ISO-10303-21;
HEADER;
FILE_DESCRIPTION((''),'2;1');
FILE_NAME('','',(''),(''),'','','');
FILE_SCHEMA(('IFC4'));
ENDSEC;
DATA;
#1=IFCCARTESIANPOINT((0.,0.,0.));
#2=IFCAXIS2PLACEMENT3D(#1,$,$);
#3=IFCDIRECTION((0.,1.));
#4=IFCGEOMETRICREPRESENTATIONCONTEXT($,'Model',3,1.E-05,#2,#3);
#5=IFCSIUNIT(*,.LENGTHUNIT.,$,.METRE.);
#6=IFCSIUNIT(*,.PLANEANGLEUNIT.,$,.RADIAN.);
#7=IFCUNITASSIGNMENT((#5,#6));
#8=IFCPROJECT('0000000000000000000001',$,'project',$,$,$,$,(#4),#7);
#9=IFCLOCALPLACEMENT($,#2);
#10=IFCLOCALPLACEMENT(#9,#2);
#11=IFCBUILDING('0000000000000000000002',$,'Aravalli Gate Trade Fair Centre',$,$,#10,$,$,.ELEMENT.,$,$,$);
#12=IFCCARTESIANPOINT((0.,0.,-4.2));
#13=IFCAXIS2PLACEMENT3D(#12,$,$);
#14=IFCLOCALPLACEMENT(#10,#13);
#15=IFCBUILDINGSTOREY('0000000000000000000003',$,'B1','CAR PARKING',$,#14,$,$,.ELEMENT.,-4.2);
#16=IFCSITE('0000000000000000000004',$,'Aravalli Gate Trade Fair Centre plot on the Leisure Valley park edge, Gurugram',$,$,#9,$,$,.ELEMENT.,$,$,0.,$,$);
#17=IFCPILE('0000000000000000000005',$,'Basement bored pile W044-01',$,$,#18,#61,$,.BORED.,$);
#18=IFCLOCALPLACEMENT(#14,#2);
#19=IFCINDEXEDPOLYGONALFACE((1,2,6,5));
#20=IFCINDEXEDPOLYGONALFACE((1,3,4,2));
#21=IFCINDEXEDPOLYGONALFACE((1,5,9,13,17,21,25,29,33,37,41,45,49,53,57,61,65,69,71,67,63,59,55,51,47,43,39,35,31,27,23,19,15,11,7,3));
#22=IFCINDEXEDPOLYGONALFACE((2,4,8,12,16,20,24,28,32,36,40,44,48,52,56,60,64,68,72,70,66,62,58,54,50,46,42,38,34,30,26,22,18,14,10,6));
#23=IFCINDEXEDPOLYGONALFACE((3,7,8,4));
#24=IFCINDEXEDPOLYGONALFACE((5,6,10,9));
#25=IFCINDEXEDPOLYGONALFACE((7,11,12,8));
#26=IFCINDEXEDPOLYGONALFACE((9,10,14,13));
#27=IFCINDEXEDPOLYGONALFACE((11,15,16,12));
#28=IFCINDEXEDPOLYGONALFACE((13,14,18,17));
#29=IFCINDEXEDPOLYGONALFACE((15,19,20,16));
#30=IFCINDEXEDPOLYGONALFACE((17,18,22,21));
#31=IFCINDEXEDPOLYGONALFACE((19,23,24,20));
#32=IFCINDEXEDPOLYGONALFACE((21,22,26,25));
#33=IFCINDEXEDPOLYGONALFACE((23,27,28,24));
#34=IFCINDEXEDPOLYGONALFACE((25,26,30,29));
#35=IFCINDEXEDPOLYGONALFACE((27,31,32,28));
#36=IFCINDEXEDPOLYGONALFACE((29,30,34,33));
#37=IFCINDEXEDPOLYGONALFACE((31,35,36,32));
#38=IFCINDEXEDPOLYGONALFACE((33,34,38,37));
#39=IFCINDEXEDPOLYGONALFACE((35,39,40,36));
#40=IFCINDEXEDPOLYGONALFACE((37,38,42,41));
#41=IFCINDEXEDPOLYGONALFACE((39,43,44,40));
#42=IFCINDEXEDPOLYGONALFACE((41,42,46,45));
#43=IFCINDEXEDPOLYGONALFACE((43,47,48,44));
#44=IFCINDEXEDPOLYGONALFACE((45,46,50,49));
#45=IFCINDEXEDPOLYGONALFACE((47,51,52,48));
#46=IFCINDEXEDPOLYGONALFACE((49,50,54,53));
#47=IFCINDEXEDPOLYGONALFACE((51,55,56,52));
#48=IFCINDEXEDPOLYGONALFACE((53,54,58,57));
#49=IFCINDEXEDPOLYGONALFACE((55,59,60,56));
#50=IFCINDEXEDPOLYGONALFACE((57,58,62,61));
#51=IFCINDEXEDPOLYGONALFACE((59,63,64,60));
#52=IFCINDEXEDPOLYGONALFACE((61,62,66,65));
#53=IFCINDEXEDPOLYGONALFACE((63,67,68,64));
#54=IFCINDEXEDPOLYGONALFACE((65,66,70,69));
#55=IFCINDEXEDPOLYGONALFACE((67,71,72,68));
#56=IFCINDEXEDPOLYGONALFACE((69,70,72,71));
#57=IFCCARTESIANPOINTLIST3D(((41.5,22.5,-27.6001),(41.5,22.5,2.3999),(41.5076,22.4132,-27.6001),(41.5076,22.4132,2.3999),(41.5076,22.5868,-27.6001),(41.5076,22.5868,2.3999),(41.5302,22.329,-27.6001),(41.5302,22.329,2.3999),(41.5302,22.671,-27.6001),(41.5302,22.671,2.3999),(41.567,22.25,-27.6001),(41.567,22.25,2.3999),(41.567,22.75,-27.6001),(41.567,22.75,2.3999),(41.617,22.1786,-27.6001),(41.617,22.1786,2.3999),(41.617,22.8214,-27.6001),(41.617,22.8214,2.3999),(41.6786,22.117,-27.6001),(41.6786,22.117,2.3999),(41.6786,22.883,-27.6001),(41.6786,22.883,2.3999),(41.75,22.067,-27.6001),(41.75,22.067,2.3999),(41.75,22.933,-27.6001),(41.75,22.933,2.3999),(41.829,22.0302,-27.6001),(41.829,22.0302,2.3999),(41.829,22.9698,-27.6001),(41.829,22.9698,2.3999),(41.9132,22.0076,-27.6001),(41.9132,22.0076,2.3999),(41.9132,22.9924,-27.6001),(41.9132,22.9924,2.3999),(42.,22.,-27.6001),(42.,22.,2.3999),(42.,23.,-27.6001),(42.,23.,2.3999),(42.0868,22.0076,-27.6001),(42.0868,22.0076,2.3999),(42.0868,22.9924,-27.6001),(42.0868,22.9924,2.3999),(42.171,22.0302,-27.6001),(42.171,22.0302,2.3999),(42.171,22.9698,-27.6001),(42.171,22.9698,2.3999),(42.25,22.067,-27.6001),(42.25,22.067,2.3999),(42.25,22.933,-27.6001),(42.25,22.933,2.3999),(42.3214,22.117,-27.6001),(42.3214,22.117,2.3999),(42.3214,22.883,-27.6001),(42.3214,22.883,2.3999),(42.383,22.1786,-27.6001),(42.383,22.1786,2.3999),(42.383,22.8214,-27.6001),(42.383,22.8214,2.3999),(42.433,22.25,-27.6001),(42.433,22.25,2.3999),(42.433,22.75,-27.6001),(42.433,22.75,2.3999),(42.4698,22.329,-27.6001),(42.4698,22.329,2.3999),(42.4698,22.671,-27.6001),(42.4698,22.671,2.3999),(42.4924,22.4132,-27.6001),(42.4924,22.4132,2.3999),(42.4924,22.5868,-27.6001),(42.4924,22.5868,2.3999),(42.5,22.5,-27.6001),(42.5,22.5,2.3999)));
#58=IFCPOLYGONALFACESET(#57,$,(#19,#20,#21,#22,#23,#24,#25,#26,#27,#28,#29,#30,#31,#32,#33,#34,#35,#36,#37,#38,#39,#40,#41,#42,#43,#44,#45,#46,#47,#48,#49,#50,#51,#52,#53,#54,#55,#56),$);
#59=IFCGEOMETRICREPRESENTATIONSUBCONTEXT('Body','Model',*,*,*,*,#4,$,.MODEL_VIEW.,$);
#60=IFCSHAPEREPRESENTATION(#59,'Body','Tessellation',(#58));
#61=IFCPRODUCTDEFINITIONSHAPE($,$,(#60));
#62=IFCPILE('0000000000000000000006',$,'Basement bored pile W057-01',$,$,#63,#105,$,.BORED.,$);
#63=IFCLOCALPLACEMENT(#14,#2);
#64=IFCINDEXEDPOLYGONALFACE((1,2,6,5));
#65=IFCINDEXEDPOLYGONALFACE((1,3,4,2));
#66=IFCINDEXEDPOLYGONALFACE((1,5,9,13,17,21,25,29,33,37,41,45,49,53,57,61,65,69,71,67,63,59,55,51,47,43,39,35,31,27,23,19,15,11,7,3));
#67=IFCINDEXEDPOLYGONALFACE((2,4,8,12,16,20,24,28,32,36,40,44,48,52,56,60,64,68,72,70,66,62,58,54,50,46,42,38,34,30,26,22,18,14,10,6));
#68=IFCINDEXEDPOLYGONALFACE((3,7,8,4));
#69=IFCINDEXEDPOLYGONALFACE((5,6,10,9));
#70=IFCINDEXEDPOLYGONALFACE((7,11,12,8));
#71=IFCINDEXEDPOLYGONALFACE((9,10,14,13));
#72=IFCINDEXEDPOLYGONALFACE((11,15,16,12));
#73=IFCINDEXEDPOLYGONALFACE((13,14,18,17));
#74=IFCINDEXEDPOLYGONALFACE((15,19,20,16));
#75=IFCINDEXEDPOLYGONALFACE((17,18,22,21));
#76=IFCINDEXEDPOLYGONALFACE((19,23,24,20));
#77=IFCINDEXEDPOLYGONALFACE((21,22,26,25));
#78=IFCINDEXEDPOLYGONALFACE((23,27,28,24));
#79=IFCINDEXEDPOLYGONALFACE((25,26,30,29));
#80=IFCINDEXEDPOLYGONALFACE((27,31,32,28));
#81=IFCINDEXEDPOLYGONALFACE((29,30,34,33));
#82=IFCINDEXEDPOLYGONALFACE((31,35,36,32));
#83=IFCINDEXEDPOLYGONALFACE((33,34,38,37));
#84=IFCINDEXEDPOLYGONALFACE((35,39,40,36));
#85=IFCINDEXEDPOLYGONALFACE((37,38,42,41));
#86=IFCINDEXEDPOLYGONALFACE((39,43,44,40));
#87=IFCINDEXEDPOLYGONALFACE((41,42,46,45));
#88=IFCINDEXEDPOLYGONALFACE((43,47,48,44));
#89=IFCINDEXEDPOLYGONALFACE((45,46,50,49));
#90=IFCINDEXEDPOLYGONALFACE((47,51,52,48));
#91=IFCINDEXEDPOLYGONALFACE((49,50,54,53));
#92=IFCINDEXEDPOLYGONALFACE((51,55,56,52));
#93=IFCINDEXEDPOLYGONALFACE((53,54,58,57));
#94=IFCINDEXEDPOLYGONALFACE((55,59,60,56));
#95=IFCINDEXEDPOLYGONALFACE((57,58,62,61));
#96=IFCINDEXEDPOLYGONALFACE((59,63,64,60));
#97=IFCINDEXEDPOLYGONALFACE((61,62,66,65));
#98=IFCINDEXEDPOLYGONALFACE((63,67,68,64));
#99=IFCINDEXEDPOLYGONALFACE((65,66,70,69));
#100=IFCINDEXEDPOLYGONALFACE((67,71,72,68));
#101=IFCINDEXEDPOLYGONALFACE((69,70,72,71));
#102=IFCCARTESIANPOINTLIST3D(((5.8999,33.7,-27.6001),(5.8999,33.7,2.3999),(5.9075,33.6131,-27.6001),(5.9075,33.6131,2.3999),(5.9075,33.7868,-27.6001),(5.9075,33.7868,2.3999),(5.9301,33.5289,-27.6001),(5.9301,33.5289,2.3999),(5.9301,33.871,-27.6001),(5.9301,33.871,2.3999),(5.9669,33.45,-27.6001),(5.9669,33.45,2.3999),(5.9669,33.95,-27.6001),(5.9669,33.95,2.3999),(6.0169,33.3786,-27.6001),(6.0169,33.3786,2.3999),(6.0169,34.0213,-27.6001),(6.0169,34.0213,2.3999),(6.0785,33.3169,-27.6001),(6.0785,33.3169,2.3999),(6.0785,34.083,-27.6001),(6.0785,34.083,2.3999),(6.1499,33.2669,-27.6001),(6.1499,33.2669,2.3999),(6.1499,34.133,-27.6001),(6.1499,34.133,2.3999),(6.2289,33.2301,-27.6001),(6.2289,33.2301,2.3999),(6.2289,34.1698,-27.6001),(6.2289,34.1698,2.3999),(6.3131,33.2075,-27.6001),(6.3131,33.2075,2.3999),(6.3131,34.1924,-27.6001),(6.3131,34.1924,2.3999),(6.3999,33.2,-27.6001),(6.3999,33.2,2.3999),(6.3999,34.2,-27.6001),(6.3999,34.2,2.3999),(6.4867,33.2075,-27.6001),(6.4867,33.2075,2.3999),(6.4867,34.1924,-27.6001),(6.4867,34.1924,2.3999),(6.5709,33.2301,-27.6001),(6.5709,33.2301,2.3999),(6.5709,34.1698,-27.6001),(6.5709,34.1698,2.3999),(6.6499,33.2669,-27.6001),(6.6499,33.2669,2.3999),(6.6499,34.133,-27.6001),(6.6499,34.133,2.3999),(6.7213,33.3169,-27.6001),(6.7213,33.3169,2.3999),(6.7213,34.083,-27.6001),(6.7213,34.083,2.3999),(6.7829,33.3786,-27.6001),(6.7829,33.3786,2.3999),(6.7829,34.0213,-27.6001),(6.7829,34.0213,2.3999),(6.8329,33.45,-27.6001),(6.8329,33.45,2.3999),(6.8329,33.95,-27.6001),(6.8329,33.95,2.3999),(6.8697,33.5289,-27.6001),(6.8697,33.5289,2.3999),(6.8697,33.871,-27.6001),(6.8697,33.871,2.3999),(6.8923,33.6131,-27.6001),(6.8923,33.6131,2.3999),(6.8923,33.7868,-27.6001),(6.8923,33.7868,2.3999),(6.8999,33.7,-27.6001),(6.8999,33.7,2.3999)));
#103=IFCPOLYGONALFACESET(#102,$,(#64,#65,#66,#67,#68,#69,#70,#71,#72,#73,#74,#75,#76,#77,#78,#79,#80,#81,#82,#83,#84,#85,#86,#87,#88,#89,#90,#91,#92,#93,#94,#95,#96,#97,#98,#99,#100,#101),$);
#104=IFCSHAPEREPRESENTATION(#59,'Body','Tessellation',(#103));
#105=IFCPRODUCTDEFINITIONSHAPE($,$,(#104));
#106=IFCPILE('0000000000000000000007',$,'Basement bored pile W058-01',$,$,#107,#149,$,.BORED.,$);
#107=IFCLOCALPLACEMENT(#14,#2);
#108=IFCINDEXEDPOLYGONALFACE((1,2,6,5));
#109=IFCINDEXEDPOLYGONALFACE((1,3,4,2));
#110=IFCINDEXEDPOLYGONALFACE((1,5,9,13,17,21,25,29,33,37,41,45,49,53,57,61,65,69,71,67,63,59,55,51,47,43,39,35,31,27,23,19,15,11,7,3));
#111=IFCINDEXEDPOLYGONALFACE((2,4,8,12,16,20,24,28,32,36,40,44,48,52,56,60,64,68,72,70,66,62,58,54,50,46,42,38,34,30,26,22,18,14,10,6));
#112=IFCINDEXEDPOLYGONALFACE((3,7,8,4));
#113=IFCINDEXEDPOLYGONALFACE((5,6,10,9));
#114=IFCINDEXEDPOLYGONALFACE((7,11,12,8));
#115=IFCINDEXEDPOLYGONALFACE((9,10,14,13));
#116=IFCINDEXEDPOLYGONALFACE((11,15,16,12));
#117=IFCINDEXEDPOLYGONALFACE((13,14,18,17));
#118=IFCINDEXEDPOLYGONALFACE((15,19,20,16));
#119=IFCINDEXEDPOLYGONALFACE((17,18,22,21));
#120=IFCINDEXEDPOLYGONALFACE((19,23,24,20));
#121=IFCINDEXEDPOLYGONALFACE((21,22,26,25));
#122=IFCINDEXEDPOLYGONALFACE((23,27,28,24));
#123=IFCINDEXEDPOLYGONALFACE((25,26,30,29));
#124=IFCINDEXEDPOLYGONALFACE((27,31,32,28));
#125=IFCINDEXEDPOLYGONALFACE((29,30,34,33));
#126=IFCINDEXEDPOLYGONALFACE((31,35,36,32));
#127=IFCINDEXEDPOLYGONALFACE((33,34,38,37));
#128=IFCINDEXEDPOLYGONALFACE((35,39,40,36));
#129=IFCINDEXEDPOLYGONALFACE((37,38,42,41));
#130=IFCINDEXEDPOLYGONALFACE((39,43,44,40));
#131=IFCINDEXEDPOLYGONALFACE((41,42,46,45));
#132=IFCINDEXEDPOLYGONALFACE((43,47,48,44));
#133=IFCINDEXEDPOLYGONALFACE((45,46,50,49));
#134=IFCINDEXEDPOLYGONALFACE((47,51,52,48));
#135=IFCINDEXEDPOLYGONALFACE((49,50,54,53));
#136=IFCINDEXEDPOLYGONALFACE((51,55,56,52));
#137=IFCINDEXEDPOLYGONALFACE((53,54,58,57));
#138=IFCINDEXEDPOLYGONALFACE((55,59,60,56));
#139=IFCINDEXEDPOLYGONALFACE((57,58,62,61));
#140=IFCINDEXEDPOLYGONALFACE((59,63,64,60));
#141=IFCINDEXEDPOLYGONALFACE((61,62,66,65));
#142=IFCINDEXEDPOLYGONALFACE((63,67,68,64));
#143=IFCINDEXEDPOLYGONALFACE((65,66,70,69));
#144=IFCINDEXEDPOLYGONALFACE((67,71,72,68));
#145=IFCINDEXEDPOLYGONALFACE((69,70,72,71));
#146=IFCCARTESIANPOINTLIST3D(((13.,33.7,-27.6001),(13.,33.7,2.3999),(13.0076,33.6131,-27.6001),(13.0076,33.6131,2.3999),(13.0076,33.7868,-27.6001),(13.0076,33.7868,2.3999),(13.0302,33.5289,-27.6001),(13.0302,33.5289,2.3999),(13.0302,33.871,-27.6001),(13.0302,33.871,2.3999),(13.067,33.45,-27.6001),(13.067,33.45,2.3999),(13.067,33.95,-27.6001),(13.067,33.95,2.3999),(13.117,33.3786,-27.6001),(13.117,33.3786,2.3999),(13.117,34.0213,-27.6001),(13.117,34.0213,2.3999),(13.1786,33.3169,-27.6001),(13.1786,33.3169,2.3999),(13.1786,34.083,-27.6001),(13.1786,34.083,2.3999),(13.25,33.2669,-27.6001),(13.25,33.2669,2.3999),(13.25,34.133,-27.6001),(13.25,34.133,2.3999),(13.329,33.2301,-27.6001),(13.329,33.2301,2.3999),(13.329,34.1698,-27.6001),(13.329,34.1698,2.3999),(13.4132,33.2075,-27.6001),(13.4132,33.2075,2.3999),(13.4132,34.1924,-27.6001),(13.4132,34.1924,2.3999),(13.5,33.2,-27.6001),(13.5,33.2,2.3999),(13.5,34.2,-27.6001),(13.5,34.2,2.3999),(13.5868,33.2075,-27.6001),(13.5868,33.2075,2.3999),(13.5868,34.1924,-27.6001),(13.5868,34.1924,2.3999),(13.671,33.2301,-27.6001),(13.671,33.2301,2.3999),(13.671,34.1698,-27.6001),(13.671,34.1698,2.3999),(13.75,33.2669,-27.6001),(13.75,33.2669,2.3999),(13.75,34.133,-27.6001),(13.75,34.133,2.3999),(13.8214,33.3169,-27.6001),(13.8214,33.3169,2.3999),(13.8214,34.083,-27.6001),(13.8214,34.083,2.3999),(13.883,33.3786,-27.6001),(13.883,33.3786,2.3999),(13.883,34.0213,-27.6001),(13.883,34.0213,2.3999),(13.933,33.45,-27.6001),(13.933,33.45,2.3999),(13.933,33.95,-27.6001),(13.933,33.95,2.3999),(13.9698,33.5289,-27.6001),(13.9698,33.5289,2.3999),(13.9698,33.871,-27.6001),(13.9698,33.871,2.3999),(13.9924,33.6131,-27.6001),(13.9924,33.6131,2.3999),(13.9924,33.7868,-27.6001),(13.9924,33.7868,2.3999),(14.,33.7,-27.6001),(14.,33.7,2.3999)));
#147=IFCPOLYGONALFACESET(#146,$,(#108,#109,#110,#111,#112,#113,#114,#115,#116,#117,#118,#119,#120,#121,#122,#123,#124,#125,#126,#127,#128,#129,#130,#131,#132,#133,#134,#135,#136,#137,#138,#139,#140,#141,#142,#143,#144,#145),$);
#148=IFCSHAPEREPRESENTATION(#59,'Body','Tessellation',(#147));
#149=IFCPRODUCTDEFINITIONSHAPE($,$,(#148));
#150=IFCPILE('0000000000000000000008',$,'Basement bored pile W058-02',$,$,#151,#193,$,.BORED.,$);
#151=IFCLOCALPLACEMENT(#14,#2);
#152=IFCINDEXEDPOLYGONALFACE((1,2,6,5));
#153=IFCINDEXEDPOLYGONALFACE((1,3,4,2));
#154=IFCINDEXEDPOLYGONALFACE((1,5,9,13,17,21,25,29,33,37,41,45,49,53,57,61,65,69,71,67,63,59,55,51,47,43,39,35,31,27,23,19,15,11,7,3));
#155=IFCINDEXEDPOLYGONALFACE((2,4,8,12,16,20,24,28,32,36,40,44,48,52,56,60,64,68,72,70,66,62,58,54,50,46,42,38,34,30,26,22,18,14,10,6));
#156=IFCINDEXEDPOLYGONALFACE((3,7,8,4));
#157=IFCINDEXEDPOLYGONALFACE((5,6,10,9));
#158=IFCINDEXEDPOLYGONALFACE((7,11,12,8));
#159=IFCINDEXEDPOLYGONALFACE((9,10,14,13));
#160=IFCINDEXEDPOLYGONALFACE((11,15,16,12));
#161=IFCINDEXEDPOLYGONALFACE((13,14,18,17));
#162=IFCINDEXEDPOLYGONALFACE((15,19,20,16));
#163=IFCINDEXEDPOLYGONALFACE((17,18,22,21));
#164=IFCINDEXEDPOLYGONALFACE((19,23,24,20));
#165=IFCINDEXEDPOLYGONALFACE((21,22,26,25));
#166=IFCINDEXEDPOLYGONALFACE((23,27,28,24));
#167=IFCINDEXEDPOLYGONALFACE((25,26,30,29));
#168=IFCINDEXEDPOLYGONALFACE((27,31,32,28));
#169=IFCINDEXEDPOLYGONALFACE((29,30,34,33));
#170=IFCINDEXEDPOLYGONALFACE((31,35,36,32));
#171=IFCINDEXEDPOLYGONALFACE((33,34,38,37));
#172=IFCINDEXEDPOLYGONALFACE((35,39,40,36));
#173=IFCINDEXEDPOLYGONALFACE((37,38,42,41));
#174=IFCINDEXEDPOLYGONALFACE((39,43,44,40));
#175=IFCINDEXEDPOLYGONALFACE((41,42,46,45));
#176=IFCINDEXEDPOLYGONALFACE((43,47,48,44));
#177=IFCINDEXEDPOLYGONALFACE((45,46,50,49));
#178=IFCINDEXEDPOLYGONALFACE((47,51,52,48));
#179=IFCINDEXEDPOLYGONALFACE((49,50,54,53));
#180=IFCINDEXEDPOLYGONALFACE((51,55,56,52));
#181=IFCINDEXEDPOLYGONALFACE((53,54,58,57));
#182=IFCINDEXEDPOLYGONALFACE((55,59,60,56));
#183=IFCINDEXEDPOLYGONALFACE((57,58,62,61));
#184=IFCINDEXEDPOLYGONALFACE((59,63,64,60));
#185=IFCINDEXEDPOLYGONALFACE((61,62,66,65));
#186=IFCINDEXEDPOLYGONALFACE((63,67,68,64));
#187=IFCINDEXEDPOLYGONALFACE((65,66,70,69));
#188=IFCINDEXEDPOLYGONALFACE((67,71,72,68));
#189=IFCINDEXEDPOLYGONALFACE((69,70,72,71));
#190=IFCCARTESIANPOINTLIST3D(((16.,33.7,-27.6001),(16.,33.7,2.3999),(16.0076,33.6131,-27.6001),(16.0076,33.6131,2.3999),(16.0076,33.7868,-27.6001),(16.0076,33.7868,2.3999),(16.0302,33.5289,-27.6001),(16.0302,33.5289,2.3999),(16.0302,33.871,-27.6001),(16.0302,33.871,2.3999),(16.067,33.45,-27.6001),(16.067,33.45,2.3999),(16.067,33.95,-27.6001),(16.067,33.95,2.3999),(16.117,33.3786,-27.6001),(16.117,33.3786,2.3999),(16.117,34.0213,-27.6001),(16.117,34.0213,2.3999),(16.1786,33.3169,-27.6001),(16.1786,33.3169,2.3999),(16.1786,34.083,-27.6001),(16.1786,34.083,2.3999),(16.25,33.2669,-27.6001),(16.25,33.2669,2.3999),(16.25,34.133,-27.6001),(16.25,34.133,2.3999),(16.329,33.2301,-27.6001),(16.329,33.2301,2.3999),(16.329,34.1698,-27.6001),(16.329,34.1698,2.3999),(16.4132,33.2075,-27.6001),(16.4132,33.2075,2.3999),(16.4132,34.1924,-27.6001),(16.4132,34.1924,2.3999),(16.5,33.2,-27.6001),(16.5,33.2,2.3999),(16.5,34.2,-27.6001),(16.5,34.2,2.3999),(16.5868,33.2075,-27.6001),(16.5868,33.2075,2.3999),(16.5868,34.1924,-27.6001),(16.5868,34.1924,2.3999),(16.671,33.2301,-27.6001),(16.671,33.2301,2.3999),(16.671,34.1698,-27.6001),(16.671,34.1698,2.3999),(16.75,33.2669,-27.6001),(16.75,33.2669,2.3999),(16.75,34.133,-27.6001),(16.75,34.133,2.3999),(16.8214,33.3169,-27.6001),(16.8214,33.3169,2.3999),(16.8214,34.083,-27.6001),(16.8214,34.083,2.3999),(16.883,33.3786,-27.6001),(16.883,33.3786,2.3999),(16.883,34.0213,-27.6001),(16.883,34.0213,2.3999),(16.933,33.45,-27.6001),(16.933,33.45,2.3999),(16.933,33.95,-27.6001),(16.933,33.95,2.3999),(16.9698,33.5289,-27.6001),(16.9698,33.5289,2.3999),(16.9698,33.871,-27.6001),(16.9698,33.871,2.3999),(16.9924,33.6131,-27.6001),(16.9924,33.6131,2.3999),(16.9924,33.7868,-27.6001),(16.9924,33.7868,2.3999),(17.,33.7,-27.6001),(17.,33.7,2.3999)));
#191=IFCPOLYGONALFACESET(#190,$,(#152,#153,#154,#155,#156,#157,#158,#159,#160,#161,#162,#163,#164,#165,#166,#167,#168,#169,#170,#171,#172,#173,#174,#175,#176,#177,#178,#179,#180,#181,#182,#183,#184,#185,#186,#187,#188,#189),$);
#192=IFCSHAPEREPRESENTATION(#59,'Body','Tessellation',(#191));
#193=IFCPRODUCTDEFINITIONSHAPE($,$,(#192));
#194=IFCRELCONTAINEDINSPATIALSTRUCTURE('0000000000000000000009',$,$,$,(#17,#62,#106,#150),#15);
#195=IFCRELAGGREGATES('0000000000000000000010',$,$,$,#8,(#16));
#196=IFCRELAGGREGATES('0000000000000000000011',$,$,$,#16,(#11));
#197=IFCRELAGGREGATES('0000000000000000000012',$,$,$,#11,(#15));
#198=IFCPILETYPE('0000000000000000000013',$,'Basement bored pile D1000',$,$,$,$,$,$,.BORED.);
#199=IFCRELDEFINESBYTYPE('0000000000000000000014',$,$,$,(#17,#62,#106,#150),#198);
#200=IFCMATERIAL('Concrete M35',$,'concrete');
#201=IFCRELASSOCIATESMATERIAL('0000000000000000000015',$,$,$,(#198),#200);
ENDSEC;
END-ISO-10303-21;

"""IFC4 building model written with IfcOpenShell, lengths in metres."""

from ifc_helpers import new_model, si_unit, direction, frame, origin, origin_2d, place, context, subcontext, project, spatial, circle, extrude, material, material_profile, profile_set, type_object, element, save


model = new_model("IFC4")

# Units and contexts
model_context = context("Model", 3, precision=1e-05, world=origin(), true_north=direction((0.0, 1.0)))
body_context = subcontext(model_context, "Body", "Model", "MODEL_VIEW")
ifc_project = project(units=[si_unit("LENGTHUNIT", "METRE"), si_unit("PLANEANGLEUNIT", "RADIAN")], contexts=[model_context])

# Site, building, storey
site_placement = place(None, origin())
site = spatial("IfcSite", under=ifc_project, at=site_placement, Name="Aravalli Gate Trade Fair Centre plot on the Leisure Valley park edge, Gurugram", CompositionType="ELEMENT", RefElevation=0.0)
building_placement = place(site_placement, origin())
building = spatial("IfcBuilding", under=site, at=building_placement, Name="Aravalli Gate Trade Fair Centre", CompositionType="ELEMENT")
storey_placement = place(building_placement, frame((0.0, 0.0, -4.2)))
storey = spatial("IfcBuildingStorey", under=building, at=storey_placement, Name="B1", Description="CAR PARKING", CompositionType="ELEMENT", Elevation=-4.2)

# Piles
ifc_material = material(Name="Concrete M35", Category="concrete")
ifc_material_profile = material_profile(ifc_material, circle(Radius=0.5, at=origin_2d()), Name="D1000")
ifc_profile_set = profile_set([ifc_material_profile], Name="Concrete M35")
pile_type = type_object("IfcPileType", Name="Basement bored pile D1000", PredefinedType="BORED", material=ifc_profile_set)
for number, where, z_axis, x_axis, name in (
    (1, (42.0, 22.5, 2.3999), (0.0, 0.0, -1.0), (1.0, 0.0, 0.0), "Basement bored pile W044-01"),
    (2, (6.3999, 33.7, 2.3999), (0.0, 0.0, -1.0), (1.0, 0.0, 0.0), "Basement bored pile W057-01"),
    (3, (13.5, 33.7, 2.3999), (0.0, 0.0, -1.0), (1.0, 0.0, 0.0), "Basement bored pile W058-01"),
    (4, (16.5, 33.7, 2.3999), (0.0, 0.0, -1.0), (1.0, 0.0, 0.0), "Basement bored pile W058-02"),
):
    element("IfcPile", number, at=place(storey_placement, frame(where, z_axis=z_axis, x_axis=x_axis)), inside=storey, type_object=pile_type, Name=name, PredefinedType="BORED", context=body_context, shape_type="SweptSolid", body=[
        extrude(circle(Radius=0.5, at=origin_2d()), origin(), (0.0, 0.0, 1.0), 30.0),
    ])

save(model, "model.ifc")
